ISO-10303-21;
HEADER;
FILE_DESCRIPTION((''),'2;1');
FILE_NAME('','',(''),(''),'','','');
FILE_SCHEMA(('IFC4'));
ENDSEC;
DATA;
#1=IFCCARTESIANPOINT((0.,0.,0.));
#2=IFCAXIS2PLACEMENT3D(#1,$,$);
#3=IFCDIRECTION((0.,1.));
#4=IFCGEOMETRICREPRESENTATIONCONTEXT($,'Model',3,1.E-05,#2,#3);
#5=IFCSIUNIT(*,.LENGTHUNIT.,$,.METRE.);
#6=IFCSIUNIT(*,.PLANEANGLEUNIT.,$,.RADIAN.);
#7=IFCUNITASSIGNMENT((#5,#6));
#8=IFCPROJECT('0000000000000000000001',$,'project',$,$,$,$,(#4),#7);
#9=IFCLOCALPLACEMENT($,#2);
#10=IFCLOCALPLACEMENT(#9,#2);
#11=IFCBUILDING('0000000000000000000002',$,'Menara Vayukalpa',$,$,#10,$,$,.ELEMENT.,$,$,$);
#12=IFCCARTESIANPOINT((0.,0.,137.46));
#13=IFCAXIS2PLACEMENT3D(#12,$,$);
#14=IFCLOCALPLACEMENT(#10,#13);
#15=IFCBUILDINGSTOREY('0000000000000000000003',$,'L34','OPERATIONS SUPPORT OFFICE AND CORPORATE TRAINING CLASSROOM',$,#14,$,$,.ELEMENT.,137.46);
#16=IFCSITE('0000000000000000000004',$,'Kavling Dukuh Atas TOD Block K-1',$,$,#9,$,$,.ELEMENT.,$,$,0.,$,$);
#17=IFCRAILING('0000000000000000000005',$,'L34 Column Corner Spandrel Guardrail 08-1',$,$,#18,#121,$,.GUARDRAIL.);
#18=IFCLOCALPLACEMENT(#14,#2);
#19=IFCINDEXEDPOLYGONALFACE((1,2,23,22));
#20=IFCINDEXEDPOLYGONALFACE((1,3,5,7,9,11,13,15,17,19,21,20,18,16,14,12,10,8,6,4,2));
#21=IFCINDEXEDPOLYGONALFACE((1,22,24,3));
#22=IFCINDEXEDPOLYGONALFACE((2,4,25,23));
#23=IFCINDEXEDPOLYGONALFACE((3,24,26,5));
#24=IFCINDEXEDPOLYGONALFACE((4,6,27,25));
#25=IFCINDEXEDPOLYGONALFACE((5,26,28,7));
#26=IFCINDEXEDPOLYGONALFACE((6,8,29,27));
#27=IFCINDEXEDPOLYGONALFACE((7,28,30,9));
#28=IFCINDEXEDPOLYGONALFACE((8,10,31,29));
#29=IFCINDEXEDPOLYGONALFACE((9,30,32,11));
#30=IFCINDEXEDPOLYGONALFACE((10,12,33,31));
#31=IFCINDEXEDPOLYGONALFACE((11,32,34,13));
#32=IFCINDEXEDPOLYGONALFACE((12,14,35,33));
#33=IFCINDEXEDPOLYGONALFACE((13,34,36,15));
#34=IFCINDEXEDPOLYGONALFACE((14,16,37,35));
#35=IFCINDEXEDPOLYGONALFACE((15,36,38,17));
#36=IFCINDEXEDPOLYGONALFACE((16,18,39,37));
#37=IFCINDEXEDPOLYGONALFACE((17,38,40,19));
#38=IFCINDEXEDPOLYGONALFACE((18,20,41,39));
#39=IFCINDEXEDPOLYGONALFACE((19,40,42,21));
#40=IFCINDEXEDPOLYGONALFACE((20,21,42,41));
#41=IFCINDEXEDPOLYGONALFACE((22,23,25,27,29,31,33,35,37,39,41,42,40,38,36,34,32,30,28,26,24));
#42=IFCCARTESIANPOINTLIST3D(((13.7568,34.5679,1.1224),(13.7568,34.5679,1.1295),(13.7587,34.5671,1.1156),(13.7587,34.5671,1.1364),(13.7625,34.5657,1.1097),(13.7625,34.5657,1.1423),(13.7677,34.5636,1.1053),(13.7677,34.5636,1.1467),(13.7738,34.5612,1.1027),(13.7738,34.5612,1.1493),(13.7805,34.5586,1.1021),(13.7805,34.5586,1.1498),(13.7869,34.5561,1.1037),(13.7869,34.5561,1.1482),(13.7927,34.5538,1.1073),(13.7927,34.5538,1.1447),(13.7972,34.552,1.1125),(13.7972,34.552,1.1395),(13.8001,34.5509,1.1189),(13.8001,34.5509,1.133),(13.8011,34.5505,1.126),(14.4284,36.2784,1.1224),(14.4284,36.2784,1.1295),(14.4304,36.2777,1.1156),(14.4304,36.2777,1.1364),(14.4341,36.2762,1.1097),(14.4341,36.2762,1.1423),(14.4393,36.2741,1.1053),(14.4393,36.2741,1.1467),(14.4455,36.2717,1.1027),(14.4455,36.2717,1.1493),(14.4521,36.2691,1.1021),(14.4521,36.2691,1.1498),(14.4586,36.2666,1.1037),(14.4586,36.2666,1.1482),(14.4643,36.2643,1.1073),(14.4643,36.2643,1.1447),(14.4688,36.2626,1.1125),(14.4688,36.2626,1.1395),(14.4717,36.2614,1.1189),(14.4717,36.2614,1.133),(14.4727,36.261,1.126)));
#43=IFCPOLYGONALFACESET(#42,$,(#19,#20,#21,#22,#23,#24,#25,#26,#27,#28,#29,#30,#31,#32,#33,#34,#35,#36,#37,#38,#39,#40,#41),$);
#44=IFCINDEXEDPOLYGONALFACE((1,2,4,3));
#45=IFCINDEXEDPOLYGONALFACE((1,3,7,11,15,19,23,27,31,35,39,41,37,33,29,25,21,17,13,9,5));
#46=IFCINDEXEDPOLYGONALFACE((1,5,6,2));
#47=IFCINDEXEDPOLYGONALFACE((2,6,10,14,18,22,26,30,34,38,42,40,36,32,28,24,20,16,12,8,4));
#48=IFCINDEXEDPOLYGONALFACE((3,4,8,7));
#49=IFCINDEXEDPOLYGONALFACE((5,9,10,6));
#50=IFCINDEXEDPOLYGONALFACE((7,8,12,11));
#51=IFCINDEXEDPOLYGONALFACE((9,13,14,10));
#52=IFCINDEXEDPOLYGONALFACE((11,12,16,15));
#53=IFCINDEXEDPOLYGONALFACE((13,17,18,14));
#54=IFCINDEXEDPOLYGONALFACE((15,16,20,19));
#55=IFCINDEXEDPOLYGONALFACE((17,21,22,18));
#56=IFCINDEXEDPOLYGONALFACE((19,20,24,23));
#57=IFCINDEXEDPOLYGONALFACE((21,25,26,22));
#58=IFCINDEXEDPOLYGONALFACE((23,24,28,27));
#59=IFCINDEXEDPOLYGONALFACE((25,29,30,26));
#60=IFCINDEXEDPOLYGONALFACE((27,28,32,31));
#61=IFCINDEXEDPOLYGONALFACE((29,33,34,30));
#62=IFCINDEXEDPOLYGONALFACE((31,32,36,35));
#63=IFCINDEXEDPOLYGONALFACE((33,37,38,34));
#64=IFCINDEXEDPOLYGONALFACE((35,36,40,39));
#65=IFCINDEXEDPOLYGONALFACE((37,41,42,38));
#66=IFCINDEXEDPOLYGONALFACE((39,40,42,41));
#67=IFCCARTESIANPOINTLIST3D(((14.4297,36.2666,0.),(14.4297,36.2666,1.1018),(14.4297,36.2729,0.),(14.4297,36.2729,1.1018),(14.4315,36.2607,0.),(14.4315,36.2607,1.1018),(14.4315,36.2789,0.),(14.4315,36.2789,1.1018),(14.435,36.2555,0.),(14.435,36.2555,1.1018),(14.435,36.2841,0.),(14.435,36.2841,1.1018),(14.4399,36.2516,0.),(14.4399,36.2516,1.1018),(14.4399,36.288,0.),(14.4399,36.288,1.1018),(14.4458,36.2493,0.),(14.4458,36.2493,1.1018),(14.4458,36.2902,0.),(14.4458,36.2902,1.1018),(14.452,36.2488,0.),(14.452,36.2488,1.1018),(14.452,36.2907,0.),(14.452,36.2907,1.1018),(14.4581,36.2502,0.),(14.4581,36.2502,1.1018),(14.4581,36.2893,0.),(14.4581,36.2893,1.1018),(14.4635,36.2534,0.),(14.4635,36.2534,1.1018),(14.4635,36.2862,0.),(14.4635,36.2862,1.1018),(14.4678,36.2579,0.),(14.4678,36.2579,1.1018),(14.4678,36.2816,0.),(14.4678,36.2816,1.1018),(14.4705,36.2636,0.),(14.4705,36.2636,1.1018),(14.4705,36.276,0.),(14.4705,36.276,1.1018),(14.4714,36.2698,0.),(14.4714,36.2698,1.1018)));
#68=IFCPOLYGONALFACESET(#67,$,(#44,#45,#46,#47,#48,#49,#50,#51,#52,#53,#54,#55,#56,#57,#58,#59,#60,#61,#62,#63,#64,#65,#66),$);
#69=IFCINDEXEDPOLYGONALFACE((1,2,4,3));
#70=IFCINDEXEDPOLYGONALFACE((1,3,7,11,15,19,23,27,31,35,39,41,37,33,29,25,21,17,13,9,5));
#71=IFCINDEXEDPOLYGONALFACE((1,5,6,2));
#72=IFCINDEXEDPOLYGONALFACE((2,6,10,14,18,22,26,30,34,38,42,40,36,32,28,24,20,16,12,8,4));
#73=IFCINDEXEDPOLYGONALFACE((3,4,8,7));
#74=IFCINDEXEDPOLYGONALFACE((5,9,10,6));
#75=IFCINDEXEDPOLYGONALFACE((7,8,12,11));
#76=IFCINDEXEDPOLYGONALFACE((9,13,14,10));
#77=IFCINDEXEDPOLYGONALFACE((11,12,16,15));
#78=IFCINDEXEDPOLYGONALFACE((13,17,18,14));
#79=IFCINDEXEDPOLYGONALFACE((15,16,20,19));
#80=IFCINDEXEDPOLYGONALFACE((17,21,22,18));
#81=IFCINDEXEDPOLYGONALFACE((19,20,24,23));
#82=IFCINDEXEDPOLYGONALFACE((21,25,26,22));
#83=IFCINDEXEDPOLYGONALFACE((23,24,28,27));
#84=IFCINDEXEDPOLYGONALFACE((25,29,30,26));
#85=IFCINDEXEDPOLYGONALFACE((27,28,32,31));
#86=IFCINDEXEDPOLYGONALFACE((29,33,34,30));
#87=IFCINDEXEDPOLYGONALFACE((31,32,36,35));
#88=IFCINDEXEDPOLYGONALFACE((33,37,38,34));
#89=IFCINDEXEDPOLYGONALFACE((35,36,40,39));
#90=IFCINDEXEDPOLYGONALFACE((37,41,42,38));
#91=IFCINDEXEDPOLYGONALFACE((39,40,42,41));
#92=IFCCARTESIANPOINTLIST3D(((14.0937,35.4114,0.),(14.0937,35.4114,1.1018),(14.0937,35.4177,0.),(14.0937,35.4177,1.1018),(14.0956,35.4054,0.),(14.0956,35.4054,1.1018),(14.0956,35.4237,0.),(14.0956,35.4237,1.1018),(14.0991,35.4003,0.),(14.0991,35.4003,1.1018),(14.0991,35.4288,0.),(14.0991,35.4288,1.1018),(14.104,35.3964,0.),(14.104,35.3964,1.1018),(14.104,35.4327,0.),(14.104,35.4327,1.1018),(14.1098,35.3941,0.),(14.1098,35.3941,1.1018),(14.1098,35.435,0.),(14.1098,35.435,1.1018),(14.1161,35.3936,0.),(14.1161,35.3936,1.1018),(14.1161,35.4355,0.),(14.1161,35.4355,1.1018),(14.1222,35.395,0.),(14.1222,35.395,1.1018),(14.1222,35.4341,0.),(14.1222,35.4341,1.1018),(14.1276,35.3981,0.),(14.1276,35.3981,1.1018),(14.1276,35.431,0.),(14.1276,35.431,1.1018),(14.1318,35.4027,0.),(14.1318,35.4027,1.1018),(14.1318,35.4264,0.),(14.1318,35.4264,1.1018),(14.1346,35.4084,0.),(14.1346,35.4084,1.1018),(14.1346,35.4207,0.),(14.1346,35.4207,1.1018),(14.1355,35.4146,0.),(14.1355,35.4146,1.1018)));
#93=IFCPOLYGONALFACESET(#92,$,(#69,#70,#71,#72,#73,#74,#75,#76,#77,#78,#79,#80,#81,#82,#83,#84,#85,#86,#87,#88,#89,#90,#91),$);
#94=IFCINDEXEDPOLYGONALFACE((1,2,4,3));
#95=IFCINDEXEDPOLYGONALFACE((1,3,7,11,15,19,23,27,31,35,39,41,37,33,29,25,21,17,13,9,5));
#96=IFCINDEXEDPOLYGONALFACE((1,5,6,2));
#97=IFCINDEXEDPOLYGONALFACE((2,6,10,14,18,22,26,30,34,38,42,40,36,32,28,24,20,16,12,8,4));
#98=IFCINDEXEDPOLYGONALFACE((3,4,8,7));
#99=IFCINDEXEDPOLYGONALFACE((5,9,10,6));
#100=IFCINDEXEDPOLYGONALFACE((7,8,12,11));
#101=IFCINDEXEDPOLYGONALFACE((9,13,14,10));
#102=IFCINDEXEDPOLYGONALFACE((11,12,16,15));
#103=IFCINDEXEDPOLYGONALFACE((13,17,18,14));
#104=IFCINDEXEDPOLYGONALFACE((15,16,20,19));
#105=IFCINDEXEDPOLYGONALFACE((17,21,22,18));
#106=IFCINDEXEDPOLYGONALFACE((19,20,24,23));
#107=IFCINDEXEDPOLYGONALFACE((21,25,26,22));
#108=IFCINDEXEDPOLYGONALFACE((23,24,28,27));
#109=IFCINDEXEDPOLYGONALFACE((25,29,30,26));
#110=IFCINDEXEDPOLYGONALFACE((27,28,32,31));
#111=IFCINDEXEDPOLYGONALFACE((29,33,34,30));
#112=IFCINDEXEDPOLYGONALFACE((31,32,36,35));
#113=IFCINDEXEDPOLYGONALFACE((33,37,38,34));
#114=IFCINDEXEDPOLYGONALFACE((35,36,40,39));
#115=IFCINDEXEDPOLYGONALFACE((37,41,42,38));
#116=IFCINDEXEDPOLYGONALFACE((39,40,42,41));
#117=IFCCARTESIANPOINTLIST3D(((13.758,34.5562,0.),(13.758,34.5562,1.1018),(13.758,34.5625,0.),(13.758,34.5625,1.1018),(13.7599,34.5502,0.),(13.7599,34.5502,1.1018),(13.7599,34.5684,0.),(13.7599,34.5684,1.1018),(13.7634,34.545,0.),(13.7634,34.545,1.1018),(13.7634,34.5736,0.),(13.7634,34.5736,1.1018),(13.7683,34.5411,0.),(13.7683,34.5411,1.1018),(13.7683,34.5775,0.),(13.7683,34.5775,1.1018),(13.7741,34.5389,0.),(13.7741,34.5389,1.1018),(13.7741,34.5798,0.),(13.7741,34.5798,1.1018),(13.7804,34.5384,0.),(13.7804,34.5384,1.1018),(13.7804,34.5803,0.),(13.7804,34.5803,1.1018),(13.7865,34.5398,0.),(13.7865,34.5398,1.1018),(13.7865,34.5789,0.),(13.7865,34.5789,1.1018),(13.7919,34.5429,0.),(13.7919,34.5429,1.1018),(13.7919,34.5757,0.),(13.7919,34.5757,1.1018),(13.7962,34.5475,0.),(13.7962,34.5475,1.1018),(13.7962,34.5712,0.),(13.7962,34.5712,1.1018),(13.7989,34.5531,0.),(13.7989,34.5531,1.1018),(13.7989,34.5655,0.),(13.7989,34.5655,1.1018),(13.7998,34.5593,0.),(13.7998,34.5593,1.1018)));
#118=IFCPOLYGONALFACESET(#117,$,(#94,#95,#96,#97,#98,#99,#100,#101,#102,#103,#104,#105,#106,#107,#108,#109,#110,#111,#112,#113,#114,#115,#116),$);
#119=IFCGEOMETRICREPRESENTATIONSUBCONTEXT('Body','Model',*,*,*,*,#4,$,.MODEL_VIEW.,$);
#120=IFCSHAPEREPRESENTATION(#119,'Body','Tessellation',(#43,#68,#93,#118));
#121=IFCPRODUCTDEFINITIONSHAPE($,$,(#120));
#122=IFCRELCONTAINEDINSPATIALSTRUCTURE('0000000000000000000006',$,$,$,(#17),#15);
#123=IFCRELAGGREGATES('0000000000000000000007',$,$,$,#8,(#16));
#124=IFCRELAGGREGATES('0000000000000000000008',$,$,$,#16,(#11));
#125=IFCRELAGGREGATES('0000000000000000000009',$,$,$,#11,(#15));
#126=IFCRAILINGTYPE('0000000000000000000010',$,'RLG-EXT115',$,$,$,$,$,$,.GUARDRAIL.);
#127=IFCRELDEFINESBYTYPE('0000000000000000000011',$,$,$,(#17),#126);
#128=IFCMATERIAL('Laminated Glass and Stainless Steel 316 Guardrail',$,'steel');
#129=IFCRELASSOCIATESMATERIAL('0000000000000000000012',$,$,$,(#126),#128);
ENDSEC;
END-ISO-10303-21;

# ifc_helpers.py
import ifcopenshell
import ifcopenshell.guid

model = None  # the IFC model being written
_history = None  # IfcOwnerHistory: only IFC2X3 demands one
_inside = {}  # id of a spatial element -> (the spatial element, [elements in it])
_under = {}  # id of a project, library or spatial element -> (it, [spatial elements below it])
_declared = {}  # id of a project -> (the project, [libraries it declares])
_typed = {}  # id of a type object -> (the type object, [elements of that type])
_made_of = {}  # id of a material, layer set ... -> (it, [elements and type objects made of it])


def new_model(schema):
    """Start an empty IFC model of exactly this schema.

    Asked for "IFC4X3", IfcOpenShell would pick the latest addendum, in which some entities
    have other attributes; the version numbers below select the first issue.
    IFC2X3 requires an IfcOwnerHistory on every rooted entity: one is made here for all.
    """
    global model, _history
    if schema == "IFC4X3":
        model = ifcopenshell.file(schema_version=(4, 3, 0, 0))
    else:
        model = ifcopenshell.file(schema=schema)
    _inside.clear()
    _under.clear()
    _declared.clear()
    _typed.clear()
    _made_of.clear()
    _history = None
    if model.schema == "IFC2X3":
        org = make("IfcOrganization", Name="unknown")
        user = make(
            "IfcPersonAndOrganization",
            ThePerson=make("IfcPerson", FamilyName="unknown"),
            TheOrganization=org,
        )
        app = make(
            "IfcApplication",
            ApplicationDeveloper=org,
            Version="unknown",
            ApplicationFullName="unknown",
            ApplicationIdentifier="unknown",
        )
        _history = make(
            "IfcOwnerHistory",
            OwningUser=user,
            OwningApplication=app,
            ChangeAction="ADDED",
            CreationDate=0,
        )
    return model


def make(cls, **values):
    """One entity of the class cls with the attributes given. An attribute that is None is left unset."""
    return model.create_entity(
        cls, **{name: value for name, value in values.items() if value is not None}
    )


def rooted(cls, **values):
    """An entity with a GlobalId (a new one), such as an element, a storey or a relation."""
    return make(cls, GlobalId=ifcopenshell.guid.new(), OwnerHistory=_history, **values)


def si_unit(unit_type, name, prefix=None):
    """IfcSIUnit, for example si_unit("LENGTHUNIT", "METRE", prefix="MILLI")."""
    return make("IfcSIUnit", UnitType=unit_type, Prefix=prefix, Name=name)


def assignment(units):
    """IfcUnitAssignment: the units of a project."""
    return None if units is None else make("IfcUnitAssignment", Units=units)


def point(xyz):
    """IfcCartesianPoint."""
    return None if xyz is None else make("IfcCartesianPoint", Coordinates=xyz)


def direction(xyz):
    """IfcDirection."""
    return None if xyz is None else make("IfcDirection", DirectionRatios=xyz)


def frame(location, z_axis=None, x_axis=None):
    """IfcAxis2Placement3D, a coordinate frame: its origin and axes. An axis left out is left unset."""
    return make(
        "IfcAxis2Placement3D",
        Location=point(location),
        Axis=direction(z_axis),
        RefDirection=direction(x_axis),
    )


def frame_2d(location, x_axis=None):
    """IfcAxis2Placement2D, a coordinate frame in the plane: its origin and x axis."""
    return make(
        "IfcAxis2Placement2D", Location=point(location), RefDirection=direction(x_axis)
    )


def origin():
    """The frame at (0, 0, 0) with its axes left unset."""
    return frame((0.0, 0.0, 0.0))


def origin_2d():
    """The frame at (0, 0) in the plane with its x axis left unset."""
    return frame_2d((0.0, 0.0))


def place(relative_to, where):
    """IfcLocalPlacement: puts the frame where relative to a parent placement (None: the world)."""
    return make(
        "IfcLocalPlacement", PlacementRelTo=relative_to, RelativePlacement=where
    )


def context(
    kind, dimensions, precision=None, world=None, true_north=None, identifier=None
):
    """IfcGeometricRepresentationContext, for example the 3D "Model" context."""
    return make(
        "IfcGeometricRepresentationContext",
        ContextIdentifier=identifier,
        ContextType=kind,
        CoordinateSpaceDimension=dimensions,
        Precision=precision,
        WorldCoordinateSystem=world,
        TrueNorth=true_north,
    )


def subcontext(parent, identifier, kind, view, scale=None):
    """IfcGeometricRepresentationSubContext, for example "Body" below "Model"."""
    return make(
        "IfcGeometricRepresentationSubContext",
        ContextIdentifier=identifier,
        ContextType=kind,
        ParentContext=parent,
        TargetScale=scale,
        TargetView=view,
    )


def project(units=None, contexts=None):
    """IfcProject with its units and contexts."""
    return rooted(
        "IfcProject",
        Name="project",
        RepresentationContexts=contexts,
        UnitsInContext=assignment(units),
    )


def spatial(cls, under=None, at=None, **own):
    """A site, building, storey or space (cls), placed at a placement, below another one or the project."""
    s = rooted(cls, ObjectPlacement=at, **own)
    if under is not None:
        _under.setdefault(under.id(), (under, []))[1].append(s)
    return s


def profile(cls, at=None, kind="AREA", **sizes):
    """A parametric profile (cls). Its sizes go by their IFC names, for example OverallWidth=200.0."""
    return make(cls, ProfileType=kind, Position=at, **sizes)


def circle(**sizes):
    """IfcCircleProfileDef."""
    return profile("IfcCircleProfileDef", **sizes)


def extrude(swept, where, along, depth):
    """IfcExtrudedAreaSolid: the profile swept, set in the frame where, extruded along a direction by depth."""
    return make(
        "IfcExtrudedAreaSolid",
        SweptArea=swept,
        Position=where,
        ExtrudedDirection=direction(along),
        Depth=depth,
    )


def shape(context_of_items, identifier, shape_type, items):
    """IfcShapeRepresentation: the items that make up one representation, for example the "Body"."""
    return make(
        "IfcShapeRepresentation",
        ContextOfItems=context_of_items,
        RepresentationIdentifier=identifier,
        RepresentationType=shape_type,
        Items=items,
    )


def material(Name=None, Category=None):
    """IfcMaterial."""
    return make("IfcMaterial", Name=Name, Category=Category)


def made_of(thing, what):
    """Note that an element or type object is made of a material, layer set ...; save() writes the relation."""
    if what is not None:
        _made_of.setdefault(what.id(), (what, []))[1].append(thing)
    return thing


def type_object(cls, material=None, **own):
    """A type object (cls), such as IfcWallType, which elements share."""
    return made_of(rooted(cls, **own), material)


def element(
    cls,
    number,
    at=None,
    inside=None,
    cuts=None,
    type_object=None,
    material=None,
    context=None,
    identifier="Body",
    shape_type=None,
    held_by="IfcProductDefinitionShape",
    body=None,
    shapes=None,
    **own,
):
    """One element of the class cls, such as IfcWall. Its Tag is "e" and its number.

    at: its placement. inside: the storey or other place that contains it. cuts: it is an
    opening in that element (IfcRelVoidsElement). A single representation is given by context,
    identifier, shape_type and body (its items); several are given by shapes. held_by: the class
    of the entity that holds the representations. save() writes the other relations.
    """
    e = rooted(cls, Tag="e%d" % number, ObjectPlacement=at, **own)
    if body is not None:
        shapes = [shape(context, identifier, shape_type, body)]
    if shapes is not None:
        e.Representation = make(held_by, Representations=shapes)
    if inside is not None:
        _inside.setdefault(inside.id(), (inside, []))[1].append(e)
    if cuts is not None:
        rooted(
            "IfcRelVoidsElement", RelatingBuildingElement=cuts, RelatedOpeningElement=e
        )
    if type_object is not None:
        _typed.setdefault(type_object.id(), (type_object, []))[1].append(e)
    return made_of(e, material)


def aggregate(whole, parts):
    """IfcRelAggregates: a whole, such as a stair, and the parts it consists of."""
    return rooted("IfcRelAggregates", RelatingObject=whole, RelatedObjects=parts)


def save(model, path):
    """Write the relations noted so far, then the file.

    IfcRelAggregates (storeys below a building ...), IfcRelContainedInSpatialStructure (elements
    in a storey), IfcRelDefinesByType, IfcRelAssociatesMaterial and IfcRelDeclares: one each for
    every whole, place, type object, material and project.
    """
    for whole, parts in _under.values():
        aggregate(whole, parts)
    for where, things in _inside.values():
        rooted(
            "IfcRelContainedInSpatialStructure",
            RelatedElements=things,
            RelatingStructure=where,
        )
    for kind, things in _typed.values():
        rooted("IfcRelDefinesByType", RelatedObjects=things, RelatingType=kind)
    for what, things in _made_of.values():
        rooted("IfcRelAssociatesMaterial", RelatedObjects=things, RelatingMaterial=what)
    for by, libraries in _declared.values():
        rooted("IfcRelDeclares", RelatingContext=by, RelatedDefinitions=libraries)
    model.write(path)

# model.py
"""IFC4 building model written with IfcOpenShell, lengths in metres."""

from ifc_helpers import new_model, si_unit, direction, frame, origin, origin_2d, place, context, subcontext, project, spatial, circle, extrude, material, type_object, element, save


model = new_model("IFC4")

# Units and contexts
model_context = context("Model", 3, precision=1e-05, world=origin(), true_north=direction((0.0, 1.0)))
body_context = subcontext(model_context, "Body", "Model", "MODEL_VIEW")
ifc_project = project(units=[si_unit("LENGTHUNIT", "METRE"), si_unit("PLANEANGLEUNIT", "RADIAN")], contexts=[model_context])

# Site, building, storey
site_placement = place(None, origin())
site = spatial("IfcSite", under=ifc_project, at=site_placement, Name="Kavling Dukuh Atas TOD Block K-1", CompositionType="ELEMENT", RefElevation=0.0)
building_placement = place(site_placement, origin())
building = spatial("IfcBuilding", under=site, at=building_placement, Name="Menara Vayukalpa", CompositionType="ELEMENT")
storey_placement = place(building_placement, frame((0.0, 0.0, 137.46)))
storey = spatial("IfcBuildingStorey", under=building, at=storey_placement, Name="L34", Description="OPERATIONS SUPPORT OFFICE AND CORPORATE TRAINING CLASSROOM", CompositionType="ELEMENT", Elevation=137.46)

# Railing
ifc_material_1 = material(Name="Laminated Glass and Stainless Steel 316 Guardrail", Category="steel")
railing_type = type_object("IfcRailingType", Name="RLG-EXT115", PredefinedType="GUARDRAIL", material=ifc_material_1)
railing_1_placement = place(storey_placement, frame((14.4504, 36.2698, 0.0)))
element("IfcRailing", 1, at=railing_1_placement, inside=storey, type_object=railing_type, Name="L34 Column Corner Spandrel Guardrail 08-1", PredefinedType="GUARDRAIL", context=body_context, shape_type="SweptSolid", body=[
    extrude(circle(Radius=0.0239, at=origin_2d()), frame((0.0, 0.0, 1.126), z_axis=(-0.365496, -0.930813, 0.0), x_axis=(0.930813, -0.365496, 0.0)), (0.0, 0.0, 1.0), 1.8376),
    extrude(circle(Radius=0.021, at=origin_2d()), origin(), (0.0, 0.0, 1.0), 1.1018),
    extrude(circle(Radius=0.021, at=origin_2d()), frame((-0.3359, -0.8552, 0.0)), (0.0, 0.0, 1.0), 1.1018),
    extrude(circle(Radius=0.021, at=origin_2d()), frame((-0.6716, -1.7104, 0.0)), (0.0, 0.0, 1.0), 1.1018),
])

save(model, "model.ifc")
